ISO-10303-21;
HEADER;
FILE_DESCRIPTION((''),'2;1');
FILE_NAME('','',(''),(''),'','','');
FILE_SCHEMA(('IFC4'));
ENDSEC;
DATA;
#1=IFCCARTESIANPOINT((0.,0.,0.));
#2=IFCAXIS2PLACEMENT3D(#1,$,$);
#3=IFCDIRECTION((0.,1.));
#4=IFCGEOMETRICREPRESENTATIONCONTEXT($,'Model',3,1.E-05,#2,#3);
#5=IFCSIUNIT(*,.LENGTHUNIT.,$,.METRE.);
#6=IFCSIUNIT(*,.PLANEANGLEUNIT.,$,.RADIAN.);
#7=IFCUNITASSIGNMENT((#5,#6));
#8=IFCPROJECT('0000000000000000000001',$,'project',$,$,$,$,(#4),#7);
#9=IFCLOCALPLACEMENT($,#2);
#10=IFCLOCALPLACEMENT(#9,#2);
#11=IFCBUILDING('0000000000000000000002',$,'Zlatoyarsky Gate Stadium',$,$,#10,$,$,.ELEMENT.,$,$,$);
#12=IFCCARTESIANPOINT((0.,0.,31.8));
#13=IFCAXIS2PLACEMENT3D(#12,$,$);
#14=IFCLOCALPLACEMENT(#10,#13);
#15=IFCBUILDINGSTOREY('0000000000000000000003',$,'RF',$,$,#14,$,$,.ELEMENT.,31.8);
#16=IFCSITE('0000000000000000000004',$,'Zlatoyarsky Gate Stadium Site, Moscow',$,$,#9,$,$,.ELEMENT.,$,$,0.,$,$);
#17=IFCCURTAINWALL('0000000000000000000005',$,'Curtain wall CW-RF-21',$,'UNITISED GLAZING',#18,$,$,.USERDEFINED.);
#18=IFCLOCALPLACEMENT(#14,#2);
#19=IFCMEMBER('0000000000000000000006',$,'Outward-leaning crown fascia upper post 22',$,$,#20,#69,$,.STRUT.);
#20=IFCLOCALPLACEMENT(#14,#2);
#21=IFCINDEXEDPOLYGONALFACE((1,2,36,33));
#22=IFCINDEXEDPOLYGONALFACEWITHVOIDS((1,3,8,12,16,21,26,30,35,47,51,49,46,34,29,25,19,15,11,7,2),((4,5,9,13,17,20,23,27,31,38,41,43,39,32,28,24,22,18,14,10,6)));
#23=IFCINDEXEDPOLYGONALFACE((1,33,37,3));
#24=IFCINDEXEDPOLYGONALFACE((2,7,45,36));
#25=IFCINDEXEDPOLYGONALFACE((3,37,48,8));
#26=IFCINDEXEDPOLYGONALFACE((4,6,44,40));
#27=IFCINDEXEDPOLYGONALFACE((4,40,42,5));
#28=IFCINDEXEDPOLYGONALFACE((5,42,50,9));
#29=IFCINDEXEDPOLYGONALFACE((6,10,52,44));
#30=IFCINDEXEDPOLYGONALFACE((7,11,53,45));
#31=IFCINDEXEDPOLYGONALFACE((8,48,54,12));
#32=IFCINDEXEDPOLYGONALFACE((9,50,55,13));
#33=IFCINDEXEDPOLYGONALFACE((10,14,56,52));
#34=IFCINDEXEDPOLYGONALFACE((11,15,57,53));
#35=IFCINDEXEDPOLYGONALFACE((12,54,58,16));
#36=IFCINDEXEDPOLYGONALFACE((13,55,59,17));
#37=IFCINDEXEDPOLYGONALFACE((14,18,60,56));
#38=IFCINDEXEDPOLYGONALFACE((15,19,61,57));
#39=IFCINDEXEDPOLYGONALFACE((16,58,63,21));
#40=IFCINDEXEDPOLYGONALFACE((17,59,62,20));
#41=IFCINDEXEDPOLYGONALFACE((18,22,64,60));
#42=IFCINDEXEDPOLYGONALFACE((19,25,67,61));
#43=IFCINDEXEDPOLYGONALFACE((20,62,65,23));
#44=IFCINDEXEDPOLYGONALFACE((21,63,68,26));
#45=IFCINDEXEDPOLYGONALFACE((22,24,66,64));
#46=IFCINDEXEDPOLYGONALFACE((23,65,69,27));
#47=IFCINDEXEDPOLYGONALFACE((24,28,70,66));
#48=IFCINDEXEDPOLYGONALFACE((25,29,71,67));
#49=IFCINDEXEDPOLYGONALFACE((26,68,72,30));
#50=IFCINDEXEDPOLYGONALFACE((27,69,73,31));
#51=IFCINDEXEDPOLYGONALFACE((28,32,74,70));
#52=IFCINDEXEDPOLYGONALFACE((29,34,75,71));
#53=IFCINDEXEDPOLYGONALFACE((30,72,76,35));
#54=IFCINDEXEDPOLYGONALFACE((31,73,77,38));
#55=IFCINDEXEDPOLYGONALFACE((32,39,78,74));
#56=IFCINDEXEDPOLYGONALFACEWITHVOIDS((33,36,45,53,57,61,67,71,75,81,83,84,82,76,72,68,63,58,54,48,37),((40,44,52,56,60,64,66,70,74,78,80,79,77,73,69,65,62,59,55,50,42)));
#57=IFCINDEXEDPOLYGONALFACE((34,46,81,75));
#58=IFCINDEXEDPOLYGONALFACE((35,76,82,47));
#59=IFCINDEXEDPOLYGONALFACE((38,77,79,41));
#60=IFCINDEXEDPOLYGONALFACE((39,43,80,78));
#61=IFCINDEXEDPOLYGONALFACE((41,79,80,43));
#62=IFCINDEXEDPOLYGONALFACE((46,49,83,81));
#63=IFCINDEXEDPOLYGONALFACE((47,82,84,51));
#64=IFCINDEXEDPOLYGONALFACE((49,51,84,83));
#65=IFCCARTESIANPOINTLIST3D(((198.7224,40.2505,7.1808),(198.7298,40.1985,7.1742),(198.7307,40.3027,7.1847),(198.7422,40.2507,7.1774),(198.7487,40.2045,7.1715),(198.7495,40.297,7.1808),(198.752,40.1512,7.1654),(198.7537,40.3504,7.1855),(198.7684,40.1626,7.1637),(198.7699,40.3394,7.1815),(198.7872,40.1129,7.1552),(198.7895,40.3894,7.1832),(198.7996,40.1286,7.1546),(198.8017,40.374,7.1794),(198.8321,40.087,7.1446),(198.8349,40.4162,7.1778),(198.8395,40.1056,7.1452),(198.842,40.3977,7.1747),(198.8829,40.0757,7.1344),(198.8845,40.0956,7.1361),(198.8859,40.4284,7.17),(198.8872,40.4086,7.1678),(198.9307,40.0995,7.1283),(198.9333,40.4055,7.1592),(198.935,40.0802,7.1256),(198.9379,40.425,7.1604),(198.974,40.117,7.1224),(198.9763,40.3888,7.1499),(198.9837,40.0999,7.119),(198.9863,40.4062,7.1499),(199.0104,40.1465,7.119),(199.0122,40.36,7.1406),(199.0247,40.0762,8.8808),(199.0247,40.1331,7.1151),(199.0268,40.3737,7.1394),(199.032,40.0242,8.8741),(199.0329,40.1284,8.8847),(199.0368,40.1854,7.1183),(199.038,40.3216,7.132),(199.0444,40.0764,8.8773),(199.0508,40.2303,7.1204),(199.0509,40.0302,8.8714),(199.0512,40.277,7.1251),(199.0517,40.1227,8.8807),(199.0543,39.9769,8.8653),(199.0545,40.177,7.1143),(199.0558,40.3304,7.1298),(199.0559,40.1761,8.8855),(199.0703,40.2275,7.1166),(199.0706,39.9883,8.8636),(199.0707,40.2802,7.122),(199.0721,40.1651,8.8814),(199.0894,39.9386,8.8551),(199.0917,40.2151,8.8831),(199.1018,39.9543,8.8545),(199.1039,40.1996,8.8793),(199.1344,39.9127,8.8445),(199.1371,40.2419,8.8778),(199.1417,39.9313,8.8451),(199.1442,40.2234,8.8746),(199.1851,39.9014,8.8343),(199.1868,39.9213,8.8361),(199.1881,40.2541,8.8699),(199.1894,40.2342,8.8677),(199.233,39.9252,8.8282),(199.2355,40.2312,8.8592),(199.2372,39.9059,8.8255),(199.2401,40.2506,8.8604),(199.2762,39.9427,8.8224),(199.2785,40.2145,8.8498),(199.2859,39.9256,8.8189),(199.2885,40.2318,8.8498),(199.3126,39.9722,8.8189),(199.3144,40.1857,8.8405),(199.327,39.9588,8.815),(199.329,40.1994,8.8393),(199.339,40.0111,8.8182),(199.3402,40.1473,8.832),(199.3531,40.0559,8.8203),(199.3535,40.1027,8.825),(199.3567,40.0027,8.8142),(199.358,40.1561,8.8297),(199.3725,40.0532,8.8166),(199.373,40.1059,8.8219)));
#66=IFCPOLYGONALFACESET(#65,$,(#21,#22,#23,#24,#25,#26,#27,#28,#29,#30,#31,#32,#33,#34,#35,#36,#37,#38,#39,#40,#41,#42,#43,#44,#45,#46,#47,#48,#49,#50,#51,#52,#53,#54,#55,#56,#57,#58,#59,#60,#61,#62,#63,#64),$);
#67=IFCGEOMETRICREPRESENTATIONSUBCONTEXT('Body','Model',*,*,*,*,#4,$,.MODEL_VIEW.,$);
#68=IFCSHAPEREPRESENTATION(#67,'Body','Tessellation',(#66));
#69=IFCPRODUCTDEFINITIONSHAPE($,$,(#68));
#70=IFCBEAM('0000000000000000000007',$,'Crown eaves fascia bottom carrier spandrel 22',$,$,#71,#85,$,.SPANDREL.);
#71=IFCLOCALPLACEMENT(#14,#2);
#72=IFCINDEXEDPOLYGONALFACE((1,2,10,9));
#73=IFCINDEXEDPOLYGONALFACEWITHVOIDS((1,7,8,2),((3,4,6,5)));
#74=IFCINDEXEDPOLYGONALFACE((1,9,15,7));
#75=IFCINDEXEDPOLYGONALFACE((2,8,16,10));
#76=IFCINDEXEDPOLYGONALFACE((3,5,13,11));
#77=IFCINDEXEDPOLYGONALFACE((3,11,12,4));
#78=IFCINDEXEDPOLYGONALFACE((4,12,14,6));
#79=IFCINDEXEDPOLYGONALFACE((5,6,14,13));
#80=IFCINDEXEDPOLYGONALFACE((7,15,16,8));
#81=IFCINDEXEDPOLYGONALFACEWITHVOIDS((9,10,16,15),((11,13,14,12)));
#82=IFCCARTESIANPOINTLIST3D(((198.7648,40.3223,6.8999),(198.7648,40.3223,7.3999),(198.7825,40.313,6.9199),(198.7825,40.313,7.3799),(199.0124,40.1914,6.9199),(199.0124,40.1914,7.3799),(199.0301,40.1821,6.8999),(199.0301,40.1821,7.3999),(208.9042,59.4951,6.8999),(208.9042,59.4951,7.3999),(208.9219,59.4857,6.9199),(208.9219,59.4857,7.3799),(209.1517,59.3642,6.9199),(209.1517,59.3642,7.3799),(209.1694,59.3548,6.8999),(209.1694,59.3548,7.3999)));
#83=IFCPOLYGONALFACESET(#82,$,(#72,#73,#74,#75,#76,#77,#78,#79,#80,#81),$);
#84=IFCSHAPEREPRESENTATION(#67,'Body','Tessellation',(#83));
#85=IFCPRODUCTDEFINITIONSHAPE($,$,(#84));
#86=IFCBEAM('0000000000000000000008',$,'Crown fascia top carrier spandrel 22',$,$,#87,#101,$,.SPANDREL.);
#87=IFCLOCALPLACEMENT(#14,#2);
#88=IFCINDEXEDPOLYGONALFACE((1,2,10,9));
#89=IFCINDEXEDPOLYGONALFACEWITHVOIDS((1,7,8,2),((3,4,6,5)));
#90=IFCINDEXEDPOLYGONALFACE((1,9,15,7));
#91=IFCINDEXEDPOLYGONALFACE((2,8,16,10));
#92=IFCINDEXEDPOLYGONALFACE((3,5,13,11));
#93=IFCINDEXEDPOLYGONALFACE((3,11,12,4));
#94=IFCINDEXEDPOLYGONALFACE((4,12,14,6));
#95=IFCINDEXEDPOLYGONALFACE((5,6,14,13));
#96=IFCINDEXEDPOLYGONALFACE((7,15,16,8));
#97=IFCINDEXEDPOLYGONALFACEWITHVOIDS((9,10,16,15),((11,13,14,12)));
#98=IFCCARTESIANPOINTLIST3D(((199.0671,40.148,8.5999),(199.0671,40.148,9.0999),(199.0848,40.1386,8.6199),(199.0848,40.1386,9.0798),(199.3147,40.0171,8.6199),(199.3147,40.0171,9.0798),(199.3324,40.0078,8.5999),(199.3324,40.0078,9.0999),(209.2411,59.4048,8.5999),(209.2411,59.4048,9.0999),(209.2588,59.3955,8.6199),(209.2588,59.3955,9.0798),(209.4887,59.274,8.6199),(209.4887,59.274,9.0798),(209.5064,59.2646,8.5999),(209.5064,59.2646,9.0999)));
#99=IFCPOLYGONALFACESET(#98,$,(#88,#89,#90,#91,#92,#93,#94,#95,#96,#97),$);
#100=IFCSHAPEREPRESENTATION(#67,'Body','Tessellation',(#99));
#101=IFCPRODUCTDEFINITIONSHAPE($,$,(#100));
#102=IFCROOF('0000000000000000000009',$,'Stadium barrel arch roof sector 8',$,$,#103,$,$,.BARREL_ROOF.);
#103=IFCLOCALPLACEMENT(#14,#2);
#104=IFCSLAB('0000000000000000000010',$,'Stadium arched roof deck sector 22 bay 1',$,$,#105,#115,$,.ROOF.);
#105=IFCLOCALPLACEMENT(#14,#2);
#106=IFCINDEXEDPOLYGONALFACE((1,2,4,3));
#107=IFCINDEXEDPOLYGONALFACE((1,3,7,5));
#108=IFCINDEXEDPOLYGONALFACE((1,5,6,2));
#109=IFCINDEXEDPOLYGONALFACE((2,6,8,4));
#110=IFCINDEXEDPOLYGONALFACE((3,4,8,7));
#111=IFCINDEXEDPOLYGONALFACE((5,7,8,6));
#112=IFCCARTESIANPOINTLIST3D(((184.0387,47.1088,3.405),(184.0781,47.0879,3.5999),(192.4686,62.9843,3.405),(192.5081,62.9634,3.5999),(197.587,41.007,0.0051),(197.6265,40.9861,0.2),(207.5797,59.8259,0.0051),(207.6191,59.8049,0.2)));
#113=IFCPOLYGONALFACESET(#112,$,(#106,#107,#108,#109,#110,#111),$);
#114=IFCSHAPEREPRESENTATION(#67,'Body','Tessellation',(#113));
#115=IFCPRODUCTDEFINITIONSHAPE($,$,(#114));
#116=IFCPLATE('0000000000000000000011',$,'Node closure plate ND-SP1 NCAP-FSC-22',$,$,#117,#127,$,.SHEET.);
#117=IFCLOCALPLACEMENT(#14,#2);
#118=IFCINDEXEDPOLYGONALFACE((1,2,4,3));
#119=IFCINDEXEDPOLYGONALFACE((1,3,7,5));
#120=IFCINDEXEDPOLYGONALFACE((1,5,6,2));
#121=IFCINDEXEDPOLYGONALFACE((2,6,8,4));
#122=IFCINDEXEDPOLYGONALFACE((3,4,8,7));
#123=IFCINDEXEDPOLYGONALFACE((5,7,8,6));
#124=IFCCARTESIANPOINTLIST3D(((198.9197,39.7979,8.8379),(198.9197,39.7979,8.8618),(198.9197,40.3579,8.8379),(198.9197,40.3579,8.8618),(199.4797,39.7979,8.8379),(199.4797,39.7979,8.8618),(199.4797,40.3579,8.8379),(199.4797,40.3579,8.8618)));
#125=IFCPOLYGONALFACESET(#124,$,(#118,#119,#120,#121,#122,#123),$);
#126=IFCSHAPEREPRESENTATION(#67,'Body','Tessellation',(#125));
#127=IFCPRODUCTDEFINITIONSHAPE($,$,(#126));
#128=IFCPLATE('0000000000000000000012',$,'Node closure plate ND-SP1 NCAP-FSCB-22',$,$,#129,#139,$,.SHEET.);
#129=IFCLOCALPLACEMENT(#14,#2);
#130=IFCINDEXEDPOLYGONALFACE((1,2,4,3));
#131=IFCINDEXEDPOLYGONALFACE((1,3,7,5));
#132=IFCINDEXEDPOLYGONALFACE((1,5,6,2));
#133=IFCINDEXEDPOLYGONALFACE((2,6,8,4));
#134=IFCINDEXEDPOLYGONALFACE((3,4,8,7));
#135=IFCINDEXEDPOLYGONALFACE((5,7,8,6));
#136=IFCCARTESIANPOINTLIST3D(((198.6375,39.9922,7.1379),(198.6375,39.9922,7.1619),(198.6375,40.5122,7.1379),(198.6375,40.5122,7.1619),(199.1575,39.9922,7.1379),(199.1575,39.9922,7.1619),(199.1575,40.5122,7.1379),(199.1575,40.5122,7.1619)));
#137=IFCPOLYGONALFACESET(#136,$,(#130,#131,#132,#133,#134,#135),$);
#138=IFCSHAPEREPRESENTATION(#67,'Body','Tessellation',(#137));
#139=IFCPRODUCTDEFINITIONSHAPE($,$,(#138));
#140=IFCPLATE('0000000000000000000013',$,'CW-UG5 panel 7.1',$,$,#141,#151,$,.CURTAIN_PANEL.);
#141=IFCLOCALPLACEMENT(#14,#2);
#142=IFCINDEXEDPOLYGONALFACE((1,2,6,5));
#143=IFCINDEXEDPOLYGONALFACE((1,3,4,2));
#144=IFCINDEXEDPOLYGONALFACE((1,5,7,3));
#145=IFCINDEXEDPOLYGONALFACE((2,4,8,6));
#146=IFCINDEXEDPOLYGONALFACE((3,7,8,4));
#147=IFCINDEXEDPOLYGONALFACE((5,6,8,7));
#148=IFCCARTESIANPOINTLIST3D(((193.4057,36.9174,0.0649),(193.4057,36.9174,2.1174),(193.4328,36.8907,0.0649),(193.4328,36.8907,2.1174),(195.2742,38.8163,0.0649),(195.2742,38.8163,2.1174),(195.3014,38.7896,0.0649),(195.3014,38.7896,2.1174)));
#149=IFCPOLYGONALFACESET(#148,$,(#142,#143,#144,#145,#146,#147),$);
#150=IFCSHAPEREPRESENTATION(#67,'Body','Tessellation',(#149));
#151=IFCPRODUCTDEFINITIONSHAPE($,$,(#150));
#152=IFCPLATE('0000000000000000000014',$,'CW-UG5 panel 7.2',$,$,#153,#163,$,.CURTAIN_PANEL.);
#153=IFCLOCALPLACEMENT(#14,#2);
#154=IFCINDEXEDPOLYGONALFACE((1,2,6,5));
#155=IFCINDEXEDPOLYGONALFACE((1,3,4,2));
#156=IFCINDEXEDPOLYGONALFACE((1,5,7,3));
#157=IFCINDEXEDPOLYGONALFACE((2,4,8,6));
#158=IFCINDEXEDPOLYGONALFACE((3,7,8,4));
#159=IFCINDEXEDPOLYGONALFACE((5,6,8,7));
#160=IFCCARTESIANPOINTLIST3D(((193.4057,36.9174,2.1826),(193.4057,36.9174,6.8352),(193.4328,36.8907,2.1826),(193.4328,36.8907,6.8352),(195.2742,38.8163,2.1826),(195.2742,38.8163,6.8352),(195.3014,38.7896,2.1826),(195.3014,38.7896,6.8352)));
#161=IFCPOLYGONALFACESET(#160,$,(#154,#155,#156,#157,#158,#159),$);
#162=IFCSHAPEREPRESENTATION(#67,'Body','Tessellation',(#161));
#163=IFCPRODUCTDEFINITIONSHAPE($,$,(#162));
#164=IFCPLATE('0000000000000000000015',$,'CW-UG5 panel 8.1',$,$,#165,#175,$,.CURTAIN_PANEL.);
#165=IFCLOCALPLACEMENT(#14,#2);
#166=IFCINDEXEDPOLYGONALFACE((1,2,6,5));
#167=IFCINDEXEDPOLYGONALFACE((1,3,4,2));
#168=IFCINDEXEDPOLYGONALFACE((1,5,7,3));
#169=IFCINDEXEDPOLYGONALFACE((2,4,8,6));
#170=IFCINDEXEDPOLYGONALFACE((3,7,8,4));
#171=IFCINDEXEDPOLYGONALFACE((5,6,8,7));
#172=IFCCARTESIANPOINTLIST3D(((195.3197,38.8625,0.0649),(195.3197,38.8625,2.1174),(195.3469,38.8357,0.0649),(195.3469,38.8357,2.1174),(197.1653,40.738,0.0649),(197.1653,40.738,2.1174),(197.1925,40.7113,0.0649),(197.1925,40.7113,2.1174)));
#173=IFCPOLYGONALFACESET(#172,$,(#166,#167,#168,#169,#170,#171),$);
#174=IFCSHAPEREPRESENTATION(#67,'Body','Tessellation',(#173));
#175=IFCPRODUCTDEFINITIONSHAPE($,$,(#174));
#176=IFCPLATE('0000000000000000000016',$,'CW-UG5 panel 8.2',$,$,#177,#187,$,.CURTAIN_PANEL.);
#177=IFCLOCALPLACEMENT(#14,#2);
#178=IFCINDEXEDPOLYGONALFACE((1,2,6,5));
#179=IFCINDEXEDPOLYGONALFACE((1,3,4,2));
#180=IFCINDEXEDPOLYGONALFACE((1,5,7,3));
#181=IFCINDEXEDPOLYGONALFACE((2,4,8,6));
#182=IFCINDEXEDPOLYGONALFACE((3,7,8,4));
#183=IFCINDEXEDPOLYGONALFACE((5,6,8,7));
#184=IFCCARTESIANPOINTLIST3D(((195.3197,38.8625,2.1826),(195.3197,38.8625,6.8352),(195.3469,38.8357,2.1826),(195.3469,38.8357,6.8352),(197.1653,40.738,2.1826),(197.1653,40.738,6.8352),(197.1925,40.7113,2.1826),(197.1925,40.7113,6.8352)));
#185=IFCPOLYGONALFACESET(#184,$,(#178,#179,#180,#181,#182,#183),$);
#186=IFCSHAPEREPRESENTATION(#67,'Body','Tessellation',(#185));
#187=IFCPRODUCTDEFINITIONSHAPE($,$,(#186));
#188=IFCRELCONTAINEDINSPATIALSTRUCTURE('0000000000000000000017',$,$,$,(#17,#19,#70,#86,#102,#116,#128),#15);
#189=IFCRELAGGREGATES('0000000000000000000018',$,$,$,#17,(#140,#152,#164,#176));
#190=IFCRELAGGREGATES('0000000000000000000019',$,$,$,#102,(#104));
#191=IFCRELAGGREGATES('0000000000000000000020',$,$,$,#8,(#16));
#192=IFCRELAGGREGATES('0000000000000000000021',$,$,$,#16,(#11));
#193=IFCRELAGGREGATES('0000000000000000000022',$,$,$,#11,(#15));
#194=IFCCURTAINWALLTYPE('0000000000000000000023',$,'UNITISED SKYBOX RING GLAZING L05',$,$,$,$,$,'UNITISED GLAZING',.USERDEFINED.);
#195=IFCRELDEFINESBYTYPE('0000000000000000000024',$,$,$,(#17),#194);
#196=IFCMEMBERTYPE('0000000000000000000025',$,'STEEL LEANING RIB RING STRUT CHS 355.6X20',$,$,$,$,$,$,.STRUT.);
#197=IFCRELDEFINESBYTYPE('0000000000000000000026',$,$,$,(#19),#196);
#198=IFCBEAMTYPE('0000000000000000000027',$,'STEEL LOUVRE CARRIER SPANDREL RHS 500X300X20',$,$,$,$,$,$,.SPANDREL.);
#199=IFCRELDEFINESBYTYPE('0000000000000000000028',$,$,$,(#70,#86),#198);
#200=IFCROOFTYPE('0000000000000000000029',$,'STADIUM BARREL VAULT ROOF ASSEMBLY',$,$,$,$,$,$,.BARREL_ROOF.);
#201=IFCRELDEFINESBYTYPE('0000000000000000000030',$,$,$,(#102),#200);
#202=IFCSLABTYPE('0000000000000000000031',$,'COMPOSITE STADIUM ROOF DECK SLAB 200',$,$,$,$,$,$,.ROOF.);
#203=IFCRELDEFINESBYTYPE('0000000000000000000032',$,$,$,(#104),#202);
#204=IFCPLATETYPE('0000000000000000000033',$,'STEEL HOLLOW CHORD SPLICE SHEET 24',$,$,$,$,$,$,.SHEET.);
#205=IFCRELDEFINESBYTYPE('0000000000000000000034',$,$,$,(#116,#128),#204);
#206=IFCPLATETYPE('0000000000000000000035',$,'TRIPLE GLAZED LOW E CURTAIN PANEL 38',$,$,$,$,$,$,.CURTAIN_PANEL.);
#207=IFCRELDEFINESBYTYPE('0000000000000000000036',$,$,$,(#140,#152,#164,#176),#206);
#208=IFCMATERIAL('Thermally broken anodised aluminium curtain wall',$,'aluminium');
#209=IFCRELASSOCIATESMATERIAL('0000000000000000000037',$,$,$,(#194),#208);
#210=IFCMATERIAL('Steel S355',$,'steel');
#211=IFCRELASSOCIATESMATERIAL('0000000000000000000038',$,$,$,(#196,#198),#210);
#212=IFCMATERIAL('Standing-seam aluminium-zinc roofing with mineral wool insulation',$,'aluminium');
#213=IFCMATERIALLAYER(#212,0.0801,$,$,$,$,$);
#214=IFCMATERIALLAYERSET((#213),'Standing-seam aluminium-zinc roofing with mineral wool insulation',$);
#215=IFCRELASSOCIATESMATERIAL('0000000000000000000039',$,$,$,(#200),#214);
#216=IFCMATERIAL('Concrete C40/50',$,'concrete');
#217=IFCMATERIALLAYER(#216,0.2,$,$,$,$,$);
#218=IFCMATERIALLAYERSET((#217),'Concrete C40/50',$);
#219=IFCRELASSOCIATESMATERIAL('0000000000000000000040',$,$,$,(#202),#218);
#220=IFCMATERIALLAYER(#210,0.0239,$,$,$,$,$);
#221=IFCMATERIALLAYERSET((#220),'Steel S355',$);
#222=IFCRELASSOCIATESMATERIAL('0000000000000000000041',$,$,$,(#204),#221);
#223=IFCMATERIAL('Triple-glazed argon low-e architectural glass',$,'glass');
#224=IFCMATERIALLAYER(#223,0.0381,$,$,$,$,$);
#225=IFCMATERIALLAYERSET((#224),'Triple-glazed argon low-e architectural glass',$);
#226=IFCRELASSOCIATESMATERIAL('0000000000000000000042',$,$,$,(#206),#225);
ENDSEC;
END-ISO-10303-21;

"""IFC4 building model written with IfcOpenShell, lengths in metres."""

from ifc_helpers import new_model, si_unit, direction, frame, origin, origin_2d, place, context, subcontext, project, spatial, polyline, rectangle, hollow_rectangle, hollow_circle, outline, extrude, material, layer, layer_set, material_profile, profile_set, type_object, element, aggregate, save


model = new_model("IFC4")

# Units and contexts
model_context = context("Model", 3, precision=1e-05, world=origin(), true_north=direction((0.0, 1.0)))
body_context = subcontext(model_context, "Body", "Model", "MODEL_VIEW")
ifc_project = project(units=[si_unit("LENGTHUNIT", "METRE"), si_unit("PLANEANGLEUNIT", "RADIAN")], contexts=[model_context])

# Site, building, storey
site_placement = place(None, origin())
site = spatial("IfcSite", under=ifc_project, at=site_placement, Name="Zlatoyarsky Gate Stadium Site, Moscow", CompositionType="ELEMENT", RefElevation=0.0)
building_placement = place(site_placement, origin())
building = spatial("IfcBuilding", under=site, at=building_placement, Name="Zlatoyarsky Gate Stadium", CompositionType="ELEMENT")
storey_placement = place(building_placement, frame((0.0, 0.0, 31.8)))
storey = spatial("IfcBuildingStorey", under=building, at=storey_placement, Name="RF", CompositionType="ELEMENT", Elevation=31.8)

# Curtain wall
ifc_material_1 = material(Name="Thermally broken anodised aluminium curtain wall", Category="aluminium")
curtain_wall_type = type_object("IfcCurtainWallType", Name="UNITISED SKYBOX RING GLAZING L05", ElementType="UNITISED GLAZING", PredefinedType="USERDEFINED", material=ifc_material_1)
curtain_wall_1_placement = place(storey_placement, origin())
curtain_wall_1 = element("IfcCurtainWall", 1, at=curtain_wall_1_placement, inside=storey, type_object=curtain_wall_type, Name="Curtain wall CW-RF-21", ObjectType="UNITISED GLAZING", PredefinedType="USERDEFINED")

# Member
ifc_material_2 = material(Name="Steel S355", Category="steel")
ifc_material_profile_1 = material_profile(ifc_material_2, hollow_circle(Radius=0.1777, WallThickness=0.02, at=origin_2d()), Name="CHS 355.6X20")
ifc_profile_set_1 = profile_set([ifc_material_profile_1], Name="Steel S355")
member_type_1 = type_object("IfcMemberType", Name="STEEL LEANING RIB RING STRUT CHS 355.6X20", PredefinedType="STRUT", material=ifc_profile_set_1)
member_1_placement = place(storey_placement, frame((198.8975, 40.2522, 7.1499), z_axis=(0.174166, -0.100448, 0.97958), x_axis=(0.499601, 0.866255, 0.0)))
element("IfcMember", 2, at=member_1_placement, inside=storey, type_object=member_type_1, Name="Outward-leaning crown fascia upper post 22", PredefinedType="STRUT", context=body_context, shape_type="SweptSolid", body=[
    extrude(hollow_circle(Radius=0.1777, WallThickness=0.02, at=origin_2d()), origin(), (0.0, 0.0, 1.0), 1.7354),
])

# Beams
ifc_material_profile_2 = material_profile(ifc_material_2, hollow_rectangle(XDim=0.3, YDim=0.5, WallThickness=0.02, at=origin_2d()), Name="RHS 500X300X20")
ifc_profile_set_2 = profile_set([ifc_material_profile_2], Name="Steel S355")
beam_type = type_object("IfcBeamType", Name="STEEL LOUVRE CARRIER SPANDREL RHS 500X300X20", PredefinedType="SPANDREL", material=ifc_profile_set_2)
beam_1_placement = place(storey_placement, frame((198.8975, 40.2522, 7.1499), z_axis=(0.467494, 0.883996, 0.0), x_axis=(-0.883996, 0.467494, 0.0)))
element("IfcBeam", 3, at=beam_1_placement, inside=storey, type_object=beam_type, Name="Crown eaves fascia bottom carrier spandrel 22", PredefinedType="SPANDREL", context=body_context, shape_type="SweptSolid", body=[
    extrude(hollow_rectangle(XDim=0.3, YDim=0.5, WallThickness=0.02, at=origin_2d()), origin(), (0.0, 0.0, 1.0), 21.6887),
])
beam_2_placement = place(storey_placement, frame((199.1997, 40.0779, 8.8499), z_axis=(0.467144, 0.884181, 0.0), x_axis=(-0.884181, 0.467144, 0.0)))
element("IfcBeam", 4, at=beam_2_placement, inside=storey, type_object=beam_type, Name="Crown fascia top carrier spandrel 22", PredefinedType="SPANDREL", context=body_context, shape_type="SweptSolid", body=[
    extrude(hollow_rectangle(XDim=0.3, YDim=0.5, WallThickness=0.02, at=origin_2d()), origin(), (0.0, 0.0, 1.0), 21.7793),
])

# Roof, slab
ifc_material_3 = material(Name="Standing-seam aluminium-zinc roofing with mineral wool insulation", Category="aluminium")
ifc_layer_1 = layer(ifc_material_3, 0.0801)
ifc_layer_set_1 = layer_set([ifc_layer_1], Name="Standing-seam aluminium-zinc roofing with mineral wool insulation")
roof_type = type_object("IfcRoofType", Name="STADIUM BARREL VAULT ROOF ASSEMBLY", PredefinedType="BARREL_ROOF", material=ifc_layer_set_1)
roof_placement = place(storey_placement, origin())
roof = element("IfcRoof", 5, at=roof_placement, inside=storey, type_object=roof_type, Name="Stadium barrel arch roof sector 8", PredefinedType="BARREL_ROOF")
ifc_material_4 = material(Name="Concrete C40/50", Category="concrete")
ifc_layer_2 = layer(ifc_material_4, 0.2)
ifc_layer_set_2 = layer_set([ifc_layer_2], Name="Concrete C40/50")
slab_type = type_object("IfcSlabType", Name="COMPOSITE STADIUM ROOF DECK SLAB 200", PredefinedType="ROOF", material=ifc_layer_set_2)
slab_placement = place(storey_placement, frame((197.6265, 40.9861, 0.2), z_axis=(0.197394, -0.104815, 0.974705), x_axis=(0.468978, 0.88321, 0.000001)))
slab = element("IfcSlab", 6, at=slab_placement, type_object=slab_type, Name="Stadium arched roof deck sector 22 bay 1", PredefinedType="ROOF", context=body_context, shape_type="SweptSolid", body=[
    extrude(outline(polyline([(0.0, 0.0), (21.3073, 0.0), (17.0101, 15.2123), (-0.9647, 15.2124), (0.0, 0.0)])), origin(), (0.0, 0.0, -1.0), 0.2),
])

# Plates
ifc_layer_3 = layer(ifc_material_2, 0.0239)
ifc_layer_set_3 = layer_set([ifc_layer_3], Name="Steel S355")
plate_type_1 = type_object("IfcPlateType", Name="STEEL HOLLOW CHORD SPLICE SHEET 24", PredefinedType="SHEET", material=ifc_layer_set_3)
plate_1_placement = place(storey_placement, frame((199.1997, 40.0779, 8.8379), z_axis=(0.0, 0.0, 1.0), x_axis=(1.0, 0.0, 0.0)))
element("IfcPlate", 7, at=plate_1_placement, inside=storey, type_object=plate_type_1, Name="Node closure plate ND-SP1 NCAP-FSC-22", PredefinedType="SHEET", context=body_context, shape_type="SweptSolid", body=[
    extrude(rectangle(XDim=0.5601, YDim=0.5601, at=origin_2d()), origin(), (0.0, 0.0, 1.0), 0.0239),
])
plate_2_placement = place(storey_placement, frame((198.8975, 40.2522, 7.1379), z_axis=(0.0, 0.0, 1.0), x_axis=(1.0, 0.0, 0.0)))
element("IfcPlate", 8, at=plate_2_placement, inside=storey, type_object=plate_type_1, Name="Node closure plate ND-SP1 NCAP-FSCB-22", PredefinedType="SHEET", context=body_context, shape_type="SweptSolid", body=[
    extrude(rectangle(XDim=0.52, YDim=0.52, at=origin_2d()), origin(), (0.0, 0.0, 1.0), 0.0239),
])

# Plates
ifc_material_5 = material(Name="Triple-glazed argon low-e architectural glass", Category="glass")
ifc_layer_4 = layer(ifc_material_5, 0.0381)
ifc_layer_set_4 = layer_set([ifc_layer_4], Name="Triple-glazed argon low-e architectural glass")
plate_type_2 = type_object("IfcPlateType", Name="TRIPLE GLAZED LOW E CURTAIN PANEL 38", PredefinedType="CURTAIN_PANEL", material=ifc_layer_set_4)
plate_3_placement = place(storey_placement, frame((194.3535, 37.8535, 0.0649), z_axis=(0.0, 0.0, 1.0), x_axis=(0.701402, 0.712766, 0.0)))
plate_3 = element("IfcPlate", 9, at=plate_3_placement, type_object=plate_type_2, Name="CW-UG5 panel 7.1", PredefinedType="CURTAIN_PANEL", context=body_context, shape_type="SweptSolid", body=[
    extrude(rectangle(XDim=2.6641, YDim=0.0381, at=origin_2d()), origin(), (0.0, 0.0, 1.0), 2.0525),
])
plate_4_placement = place(storey_placement, frame((194.3535, 37.8535, 2.1826), z_axis=(0.0, 0.0, 1.0), x_axis=(0.701402, 0.712766, 0.0)))
plate_4 = element("IfcPlate", 10, at=plate_4_placement, type_object=plate_type_2, Name="CW-UG5 panel 7.2", PredefinedType="CURTAIN_PANEL", context=body_context, shape_type="SweptSolid", body=[
    extrude(rectangle(XDim=2.6641, YDim=0.0381, at=origin_2d()), origin(), (0.0, 0.0, 1.0), 4.6526),
])
plate_5_placement = place(storey_placement, frame((196.2561, 39.7869, 0.0649), z_axis=(0.0, 0.0, 1.0), x_axis=(0.701402, 0.712766, 0.0)))
plate_5 = element("IfcPlate", 11, at=plate_5_placement, type_object=plate_type_2, Name="CW-UG5 panel 8.1", PredefinedType="CURTAIN_PANEL", context=body_context, shape_type="SweptSolid", body=[
    extrude(rectangle(XDim=2.6313, YDim=0.0381, at=origin_2d()), origin(), (0.0, 0.0, 1.0), 2.0525),
])
plate_6_placement = place(storey_placement, frame((196.2561, 39.7869, 2.1826), z_axis=(0.0, 0.0, 1.0), x_axis=(0.701402, 0.712766, 0.0)))
plate_6 = element("IfcPlate", 12, at=plate_6_placement, type_object=plate_type_2, Name="CW-UG5 panel 8.2", PredefinedType="CURTAIN_PANEL", context=body_context, shape_type="SweptSolid", body=[
    extrude(rectangle(XDim=2.6313, YDim=0.0381, at=origin_2d()), origin(), (0.0, 0.0, 1.0), 4.6526),
])
aggregate(curtain_wall_1, [plate_3, plate_4, plate_5, plate_6])

aggregate(roof, [slab])

save(model, "model.ifc")
